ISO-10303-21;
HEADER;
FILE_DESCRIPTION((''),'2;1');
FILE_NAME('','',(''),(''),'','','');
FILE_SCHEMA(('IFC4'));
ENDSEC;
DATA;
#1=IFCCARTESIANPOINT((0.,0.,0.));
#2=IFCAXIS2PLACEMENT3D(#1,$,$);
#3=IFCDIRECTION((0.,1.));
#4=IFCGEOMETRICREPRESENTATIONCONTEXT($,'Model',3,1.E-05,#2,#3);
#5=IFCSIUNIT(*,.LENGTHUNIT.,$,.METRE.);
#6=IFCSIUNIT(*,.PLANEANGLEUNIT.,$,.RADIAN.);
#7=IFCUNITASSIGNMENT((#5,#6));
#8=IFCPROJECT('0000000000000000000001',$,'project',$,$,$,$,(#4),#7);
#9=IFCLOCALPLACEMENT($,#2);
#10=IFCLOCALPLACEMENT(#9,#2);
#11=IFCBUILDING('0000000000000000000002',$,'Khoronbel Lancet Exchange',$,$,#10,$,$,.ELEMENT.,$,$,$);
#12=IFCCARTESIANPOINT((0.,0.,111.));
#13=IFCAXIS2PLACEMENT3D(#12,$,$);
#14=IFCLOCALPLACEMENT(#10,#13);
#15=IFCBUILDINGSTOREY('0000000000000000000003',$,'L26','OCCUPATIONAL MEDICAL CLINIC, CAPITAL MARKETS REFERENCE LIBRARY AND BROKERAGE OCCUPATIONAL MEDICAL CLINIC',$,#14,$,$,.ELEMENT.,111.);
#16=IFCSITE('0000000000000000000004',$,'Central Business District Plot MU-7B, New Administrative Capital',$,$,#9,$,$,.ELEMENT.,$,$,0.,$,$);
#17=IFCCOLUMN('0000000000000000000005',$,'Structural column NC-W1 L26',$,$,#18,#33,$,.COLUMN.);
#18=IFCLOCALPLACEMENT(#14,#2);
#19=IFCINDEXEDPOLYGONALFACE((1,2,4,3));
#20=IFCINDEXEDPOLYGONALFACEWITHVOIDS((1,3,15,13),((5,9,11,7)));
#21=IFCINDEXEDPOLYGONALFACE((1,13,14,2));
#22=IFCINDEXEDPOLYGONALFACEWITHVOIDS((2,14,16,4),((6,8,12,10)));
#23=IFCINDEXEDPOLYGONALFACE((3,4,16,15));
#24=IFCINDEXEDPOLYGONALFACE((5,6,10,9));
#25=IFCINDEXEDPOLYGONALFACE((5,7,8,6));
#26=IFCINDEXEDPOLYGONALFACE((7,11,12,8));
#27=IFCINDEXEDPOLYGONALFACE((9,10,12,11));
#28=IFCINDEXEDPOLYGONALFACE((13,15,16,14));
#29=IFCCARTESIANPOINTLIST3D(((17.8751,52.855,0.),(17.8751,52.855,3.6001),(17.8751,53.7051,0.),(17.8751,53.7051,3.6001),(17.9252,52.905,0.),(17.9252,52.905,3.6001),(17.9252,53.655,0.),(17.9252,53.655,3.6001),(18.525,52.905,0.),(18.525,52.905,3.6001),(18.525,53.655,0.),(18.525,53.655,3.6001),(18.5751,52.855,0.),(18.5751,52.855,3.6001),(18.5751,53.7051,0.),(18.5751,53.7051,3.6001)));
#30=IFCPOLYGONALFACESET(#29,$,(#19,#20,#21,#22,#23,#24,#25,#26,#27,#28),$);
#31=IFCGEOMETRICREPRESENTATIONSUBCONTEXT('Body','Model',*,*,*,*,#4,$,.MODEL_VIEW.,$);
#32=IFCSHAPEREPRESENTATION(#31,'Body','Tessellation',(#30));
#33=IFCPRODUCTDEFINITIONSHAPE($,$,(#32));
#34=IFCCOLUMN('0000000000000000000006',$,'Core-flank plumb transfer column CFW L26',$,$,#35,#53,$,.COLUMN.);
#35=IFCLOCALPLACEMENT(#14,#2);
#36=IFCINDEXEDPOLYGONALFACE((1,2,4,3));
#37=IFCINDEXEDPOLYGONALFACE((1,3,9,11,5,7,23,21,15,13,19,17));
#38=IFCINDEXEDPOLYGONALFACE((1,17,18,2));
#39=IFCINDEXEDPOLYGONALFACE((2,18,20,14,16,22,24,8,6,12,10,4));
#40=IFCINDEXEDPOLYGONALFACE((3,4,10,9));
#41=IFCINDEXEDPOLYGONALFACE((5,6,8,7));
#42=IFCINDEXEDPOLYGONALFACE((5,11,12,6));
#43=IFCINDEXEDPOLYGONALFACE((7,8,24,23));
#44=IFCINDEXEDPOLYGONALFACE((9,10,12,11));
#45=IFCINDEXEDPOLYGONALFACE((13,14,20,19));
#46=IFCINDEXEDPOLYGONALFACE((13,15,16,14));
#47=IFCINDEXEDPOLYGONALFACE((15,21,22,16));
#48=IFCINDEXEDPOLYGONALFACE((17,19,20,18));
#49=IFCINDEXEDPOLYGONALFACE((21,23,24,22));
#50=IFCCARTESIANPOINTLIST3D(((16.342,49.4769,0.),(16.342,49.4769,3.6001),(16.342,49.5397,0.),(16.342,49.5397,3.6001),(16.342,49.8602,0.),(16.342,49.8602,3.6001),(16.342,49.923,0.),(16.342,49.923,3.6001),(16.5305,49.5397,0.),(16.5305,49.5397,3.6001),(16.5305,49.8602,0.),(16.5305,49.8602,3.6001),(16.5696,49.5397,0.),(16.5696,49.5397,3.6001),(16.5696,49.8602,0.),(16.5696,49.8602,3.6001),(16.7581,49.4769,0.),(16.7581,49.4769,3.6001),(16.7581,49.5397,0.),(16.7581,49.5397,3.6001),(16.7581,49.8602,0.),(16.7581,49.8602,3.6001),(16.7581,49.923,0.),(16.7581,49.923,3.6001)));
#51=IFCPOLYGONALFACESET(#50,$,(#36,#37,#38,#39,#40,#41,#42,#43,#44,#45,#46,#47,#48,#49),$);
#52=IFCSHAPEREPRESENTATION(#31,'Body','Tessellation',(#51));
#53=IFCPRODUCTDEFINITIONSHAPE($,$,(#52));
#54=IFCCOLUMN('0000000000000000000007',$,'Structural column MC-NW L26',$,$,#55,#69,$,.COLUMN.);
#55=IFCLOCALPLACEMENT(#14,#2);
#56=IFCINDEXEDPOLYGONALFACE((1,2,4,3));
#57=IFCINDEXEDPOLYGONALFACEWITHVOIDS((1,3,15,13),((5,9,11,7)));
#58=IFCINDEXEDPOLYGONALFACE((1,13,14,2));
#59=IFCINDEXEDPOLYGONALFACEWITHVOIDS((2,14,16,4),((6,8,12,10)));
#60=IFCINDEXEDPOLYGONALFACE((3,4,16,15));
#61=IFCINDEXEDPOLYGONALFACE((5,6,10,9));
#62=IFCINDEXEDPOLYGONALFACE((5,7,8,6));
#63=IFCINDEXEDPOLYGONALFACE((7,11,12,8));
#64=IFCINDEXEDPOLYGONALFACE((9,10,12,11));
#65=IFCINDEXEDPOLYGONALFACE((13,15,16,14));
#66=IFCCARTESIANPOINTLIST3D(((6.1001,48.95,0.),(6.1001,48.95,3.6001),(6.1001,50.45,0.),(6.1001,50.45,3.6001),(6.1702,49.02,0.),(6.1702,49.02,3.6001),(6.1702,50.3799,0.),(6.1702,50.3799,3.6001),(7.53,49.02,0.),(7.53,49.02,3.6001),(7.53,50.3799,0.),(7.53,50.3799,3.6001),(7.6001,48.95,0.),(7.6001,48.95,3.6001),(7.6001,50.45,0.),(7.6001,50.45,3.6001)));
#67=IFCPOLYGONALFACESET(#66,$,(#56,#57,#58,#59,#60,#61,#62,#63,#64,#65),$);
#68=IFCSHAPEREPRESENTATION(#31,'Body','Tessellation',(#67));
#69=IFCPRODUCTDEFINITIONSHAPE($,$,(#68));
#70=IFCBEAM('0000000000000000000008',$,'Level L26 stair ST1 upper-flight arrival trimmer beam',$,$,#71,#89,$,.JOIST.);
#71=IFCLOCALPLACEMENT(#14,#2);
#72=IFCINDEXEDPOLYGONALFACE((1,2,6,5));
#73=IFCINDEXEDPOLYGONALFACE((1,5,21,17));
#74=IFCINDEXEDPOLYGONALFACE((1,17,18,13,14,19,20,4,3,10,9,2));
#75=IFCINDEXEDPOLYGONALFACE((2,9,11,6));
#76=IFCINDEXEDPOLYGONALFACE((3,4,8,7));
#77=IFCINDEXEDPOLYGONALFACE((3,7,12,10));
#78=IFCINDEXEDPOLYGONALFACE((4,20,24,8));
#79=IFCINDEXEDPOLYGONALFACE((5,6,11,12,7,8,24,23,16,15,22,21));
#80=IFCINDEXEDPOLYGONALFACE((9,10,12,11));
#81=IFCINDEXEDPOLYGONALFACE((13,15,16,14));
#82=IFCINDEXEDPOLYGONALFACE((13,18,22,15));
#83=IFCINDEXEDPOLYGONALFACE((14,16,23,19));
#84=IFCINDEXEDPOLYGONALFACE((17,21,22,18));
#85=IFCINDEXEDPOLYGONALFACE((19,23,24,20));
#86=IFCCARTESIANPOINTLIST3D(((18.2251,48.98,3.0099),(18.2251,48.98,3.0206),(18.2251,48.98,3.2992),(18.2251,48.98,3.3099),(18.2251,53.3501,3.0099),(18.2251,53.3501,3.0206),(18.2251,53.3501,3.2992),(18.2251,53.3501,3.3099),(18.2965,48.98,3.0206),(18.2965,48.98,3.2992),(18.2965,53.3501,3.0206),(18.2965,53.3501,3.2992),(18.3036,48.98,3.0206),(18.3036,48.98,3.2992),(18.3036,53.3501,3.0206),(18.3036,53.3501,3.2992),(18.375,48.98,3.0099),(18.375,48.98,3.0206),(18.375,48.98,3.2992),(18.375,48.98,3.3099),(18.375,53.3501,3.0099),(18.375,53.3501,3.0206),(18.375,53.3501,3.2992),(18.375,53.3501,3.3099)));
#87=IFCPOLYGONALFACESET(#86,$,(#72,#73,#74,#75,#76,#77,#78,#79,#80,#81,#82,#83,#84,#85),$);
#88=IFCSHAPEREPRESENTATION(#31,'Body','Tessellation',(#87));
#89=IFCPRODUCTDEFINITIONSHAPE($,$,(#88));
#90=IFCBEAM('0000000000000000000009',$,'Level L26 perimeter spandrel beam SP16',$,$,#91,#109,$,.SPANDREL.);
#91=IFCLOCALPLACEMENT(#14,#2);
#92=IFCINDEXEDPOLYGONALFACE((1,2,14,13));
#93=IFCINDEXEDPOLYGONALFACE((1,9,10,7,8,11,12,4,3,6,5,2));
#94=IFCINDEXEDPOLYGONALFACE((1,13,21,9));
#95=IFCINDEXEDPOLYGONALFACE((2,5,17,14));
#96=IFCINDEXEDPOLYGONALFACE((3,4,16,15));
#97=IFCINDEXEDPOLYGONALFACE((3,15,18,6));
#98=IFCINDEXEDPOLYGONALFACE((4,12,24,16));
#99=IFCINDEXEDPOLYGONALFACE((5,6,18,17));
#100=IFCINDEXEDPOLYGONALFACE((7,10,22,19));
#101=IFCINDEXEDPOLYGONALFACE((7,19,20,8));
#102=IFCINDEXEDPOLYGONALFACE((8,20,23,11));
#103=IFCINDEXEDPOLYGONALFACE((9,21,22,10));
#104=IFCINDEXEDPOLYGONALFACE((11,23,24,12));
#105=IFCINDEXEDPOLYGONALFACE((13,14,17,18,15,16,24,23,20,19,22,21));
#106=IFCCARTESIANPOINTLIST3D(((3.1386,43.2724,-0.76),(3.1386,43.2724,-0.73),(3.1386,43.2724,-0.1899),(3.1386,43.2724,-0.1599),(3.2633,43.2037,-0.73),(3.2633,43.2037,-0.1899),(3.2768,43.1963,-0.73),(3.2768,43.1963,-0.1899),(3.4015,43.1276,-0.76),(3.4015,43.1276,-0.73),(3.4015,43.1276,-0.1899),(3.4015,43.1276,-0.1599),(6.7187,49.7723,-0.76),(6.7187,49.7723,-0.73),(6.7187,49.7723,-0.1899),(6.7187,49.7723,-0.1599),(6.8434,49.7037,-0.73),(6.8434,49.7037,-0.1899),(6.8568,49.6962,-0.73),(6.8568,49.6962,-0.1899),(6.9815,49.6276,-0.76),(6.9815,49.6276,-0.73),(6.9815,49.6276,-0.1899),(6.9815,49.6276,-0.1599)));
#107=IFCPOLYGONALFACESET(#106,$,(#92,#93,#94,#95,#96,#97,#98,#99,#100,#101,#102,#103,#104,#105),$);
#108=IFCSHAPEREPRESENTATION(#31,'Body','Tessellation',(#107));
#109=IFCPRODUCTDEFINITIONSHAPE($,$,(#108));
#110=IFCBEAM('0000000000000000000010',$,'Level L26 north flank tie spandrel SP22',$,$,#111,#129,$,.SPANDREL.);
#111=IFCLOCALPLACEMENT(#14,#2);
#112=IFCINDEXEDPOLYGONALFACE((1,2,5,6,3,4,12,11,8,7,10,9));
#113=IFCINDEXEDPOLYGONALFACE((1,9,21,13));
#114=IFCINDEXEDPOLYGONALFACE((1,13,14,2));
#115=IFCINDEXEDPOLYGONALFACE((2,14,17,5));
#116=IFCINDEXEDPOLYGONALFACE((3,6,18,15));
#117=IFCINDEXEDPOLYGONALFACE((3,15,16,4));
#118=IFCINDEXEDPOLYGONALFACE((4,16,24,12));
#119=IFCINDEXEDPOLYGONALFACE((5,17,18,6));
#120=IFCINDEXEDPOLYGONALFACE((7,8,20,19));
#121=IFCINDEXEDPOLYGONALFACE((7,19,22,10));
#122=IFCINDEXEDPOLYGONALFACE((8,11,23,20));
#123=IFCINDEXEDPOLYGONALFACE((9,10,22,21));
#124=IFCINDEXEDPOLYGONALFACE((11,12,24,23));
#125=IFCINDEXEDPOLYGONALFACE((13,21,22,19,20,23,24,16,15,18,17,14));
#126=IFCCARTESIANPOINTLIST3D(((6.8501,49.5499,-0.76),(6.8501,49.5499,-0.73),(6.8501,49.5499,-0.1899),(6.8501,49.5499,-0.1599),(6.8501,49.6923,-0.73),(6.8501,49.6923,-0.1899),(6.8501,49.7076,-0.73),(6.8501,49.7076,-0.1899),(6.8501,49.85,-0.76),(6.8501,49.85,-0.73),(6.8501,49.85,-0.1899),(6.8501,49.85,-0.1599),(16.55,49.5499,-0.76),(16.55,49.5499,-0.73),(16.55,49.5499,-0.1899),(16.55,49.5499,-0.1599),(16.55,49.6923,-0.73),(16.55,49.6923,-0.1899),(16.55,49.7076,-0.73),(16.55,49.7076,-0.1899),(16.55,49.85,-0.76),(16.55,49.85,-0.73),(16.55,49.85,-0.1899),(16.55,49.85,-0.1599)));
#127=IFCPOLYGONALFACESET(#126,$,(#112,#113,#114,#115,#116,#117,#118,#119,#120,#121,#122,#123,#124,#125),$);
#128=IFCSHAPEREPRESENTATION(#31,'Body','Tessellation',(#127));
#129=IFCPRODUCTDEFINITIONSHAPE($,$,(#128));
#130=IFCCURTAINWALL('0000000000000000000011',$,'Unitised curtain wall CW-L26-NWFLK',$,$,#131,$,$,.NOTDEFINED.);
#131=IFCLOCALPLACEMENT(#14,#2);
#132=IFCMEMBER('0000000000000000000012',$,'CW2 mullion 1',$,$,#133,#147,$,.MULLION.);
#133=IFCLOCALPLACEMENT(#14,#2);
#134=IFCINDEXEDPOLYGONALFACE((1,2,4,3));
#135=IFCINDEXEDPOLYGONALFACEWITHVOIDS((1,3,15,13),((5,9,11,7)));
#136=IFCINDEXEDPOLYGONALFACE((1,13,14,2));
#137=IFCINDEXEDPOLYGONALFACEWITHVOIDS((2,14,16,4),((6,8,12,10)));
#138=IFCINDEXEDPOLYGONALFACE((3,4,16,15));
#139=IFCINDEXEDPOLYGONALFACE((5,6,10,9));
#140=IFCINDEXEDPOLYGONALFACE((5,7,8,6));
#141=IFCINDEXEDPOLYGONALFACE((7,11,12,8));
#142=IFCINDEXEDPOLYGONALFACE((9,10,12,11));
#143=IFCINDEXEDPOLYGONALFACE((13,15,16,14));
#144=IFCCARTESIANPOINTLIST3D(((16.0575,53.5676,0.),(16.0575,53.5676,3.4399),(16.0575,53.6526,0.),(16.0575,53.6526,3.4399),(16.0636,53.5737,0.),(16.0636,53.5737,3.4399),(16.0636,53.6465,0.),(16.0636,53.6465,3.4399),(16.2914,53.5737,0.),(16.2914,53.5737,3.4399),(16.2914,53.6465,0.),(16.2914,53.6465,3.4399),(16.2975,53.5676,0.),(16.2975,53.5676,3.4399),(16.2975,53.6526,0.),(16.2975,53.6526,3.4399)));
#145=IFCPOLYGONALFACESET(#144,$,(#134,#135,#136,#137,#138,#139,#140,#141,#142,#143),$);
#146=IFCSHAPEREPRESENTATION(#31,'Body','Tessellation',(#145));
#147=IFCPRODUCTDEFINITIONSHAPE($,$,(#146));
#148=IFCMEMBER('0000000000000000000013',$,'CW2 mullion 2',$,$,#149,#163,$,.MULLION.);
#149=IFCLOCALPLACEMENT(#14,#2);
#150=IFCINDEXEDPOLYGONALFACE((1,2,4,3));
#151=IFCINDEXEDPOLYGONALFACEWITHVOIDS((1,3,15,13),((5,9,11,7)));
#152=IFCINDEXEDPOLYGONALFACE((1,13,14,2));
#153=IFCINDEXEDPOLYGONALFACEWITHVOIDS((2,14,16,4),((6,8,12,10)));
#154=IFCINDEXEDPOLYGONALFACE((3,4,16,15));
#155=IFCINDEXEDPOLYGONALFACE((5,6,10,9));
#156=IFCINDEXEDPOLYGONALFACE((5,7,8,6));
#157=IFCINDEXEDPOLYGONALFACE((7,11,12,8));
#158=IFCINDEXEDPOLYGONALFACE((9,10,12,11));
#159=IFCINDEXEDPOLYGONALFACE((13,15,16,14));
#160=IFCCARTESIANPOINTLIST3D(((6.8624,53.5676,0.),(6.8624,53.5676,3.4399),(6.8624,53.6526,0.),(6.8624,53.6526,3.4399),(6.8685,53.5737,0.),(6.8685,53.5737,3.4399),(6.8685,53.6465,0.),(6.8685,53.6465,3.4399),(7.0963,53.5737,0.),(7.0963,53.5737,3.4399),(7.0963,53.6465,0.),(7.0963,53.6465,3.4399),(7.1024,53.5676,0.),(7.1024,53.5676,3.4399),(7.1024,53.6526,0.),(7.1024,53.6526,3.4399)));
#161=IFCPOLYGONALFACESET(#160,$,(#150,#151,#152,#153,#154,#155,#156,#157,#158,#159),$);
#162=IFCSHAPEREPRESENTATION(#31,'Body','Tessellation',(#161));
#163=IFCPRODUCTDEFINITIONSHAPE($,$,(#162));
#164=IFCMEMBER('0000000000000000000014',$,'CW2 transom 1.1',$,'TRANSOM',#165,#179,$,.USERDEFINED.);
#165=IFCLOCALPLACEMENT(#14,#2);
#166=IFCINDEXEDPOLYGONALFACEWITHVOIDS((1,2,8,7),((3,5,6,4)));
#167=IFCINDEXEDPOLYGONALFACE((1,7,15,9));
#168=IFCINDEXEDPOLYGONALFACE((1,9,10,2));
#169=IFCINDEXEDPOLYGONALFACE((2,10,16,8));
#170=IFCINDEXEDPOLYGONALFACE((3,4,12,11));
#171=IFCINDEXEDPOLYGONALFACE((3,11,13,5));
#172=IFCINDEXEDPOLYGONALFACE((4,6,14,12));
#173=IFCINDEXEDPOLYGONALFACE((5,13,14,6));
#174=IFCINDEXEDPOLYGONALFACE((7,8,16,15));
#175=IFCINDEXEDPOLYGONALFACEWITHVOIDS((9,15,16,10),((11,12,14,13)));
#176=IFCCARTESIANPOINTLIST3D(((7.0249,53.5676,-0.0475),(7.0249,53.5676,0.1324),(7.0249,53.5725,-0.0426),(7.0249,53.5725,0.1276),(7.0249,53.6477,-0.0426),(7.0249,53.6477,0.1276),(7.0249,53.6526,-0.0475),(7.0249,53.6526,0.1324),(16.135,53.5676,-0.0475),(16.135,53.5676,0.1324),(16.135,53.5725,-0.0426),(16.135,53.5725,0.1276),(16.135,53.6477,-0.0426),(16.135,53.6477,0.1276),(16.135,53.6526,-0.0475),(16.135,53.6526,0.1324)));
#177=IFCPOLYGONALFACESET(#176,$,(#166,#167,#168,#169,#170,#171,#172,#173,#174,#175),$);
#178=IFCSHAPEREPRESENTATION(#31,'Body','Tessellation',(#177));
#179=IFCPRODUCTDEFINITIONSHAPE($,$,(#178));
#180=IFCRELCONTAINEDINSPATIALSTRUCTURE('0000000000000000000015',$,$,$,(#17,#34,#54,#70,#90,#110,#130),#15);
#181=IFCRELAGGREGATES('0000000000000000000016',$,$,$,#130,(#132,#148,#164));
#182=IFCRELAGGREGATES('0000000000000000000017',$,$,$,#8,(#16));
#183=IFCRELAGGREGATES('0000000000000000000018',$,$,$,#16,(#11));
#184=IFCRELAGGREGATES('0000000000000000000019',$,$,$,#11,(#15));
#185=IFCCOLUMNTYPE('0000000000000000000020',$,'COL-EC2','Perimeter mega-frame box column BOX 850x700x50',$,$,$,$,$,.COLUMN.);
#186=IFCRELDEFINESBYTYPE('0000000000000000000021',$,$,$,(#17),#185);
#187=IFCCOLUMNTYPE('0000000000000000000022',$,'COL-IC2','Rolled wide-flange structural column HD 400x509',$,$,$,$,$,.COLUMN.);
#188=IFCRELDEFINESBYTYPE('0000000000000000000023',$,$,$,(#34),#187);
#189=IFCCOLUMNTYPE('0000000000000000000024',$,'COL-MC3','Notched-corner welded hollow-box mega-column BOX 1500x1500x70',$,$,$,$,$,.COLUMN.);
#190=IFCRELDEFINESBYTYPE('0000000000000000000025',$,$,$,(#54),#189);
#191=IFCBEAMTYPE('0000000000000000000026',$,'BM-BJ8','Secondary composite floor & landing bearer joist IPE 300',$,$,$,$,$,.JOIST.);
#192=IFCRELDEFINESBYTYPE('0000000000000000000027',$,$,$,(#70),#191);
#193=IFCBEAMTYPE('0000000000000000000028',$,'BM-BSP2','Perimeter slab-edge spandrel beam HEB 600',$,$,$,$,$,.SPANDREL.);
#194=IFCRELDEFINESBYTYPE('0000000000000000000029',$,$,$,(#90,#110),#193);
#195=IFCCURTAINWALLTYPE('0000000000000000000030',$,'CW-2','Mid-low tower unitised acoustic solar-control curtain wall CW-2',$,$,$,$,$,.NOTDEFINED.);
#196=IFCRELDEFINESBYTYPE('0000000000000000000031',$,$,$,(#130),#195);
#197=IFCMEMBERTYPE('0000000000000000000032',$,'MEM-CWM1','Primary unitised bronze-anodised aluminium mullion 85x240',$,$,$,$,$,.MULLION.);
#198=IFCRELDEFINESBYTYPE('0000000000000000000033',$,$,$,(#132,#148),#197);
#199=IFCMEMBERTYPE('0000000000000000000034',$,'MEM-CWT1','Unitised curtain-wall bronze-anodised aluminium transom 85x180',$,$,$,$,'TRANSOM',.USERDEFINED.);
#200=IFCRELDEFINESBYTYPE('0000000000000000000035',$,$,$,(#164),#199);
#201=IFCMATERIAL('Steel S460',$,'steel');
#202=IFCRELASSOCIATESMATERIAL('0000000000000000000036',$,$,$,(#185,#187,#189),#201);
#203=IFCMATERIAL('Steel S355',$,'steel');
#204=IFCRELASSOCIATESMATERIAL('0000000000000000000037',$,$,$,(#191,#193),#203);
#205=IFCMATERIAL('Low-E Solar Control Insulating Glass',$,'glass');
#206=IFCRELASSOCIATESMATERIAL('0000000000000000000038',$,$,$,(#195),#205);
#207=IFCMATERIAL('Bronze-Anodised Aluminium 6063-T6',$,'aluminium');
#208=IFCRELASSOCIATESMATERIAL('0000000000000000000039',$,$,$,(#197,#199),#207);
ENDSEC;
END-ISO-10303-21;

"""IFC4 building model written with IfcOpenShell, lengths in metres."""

from ifc_helpers import new_model, si_unit, direction, frame, origin, origin_2d, place, context, subcontext, project, spatial, hollow_rectangle, i_section, extrude, material, material_profile, profile_set, type_object, element, aggregate, save


model = new_model("IFC4")

# Units and contexts
model_context = context("Model", 3, precision=1e-05, world=origin(), true_north=direction((0.0, 1.0)))
body_context = subcontext(model_context, "Body", "Model", "MODEL_VIEW")
ifc_project = project(units=[si_unit("LENGTHUNIT", "METRE"), si_unit("PLANEANGLEUNIT", "RADIAN")], contexts=[model_context])

# Site, building, storey
site_placement = place(None, origin())
site = spatial("IfcSite", under=ifc_project, at=site_placement, Name="Central Business District Plot MU-7B, New Administrative Capital", CompositionType="ELEMENT", RefElevation=0.0)
building_placement = place(site_placement, origin())
building = spatial("IfcBuilding", under=site, at=building_placement, Name="Khoronbel Lancet Exchange", CompositionType="ELEMENT")
storey_placement = place(building_placement, frame((0.0, 0.0, 111.0)))
storey = spatial("IfcBuildingStorey", under=building, at=storey_placement, Name="L26", Description="OCCUPATIONAL MEDICAL CLINIC, CAPITAL MARKETS REFERENCE LIBRARY AND BROKERAGE OCCUPATIONAL MEDICAL CLINIC", CompositionType="ELEMENT", Elevation=111.0)

# Columns
ifc_material_1 = material(Name="Steel S460", Category="steel")
ifc_material_profile_1 = material_profile(ifc_material_1, hollow_rectangle(XDim=0.7, YDim=0.8501, WallThickness=0.05, at=origin_2d()), Name="BOX 850x700x50")
ifc_profile_set_1 = profile_set([ifc_material_profile_1], Name="Steel S460")
column_type_1 = type_object("IfcColumnType", Name="COL-EC2", Description="Perimeter mega-frame box column BOX 850x700x50", PredefinedType="COLUMN", material=ifc_profile_set_1)
column_1_placement = place(storey_placement, frame((18.2251, 53.28, 0.0), z_axis=(0.0, 0.0, 1.0), x_axis=(1.0, 0.0, 0.0)))
element("IfcColumn", 1, at=column_1_placement, inside=storey, type_object=column_type_1, Name="Structural column NC-W1 L26", PredefinedType="COLUMN", context=body_context, shape_type="SweptSolid", body=[
    extrude(hollow_rectangle(XDim=0.7, YDim=0.8501, WallThickness=0.05, at=origin_2d()), origin(), (0.0, 0.0, 1.0), 3.6001),
])
ifc_material_profile_2 = material_profile(ifc_material_1, i_section(OverallWidth=0.416, OverallDepth=0.446, WebThickness=0.0391, FlangeThickness=0.0627, at=origin_2d()), Name="HD 400x509")
ifc_profile_set_2 = profile_set([ifc_material_profile_2], Name="Steel S460")
column_type_2 = type_object("IfcColumnType", Name="COL-IC2", Description="Rolled wide-flange structural column HD 400x509", PredefinedType="COLUMN", material=ifc_profile_set_2)
column_2_placement = place(storey_placement, frame((16.55, 49.7, 0.0), z_axis=(0.0, 0.0, 1.0), x_axis=(1.0, 0.0, 0.0)))
element("IfcColumn", 2, at=column_2_placement, inside=storey, type_object=column_type_2, Name="Core-flank plumb transfer column CFW L26", PredefinedType="COLUMN", context=body_context, shape_type="SweptSolid", body=[
    extrude(i_section(OverallWidth=0.416, OverallDepth=0.446, WebThickness=0.0391, FlangeThickness=0.0627, at=origin_2d()), origin(), (0.0, 0.0, 1.0), 3.6001),
])
ifc_material_profile_3 = material_profile(ifc_material_1, hollow_rectangle(XDim=1.5, YDim=1.5, WallThickness=0.0701, at=origin_2d()), Name="BOX 1500x1500x70")
ifc_profile_set_3 = profile_set([ifc_material_profile_3], Name="Steel S460")
column_type_3 = type_object("IfcColumnType", Name="COL-MC3", Description="Notched-corner welded hollow-box mega-column BOX 1500x1500x70", PredefinedType="COLUMN", material=ifc_profile_set_3)
column_3_placement = place(storey_placement, frame((6.8501, 49.7, 0.0), z_axis=(0.0, 0.0, 1.0), x_axis=(1.0, 0.0, 0.0)))
element("IfcColumn", 3, at=column_3_placement, inside=storey, type_object=column_type_3, Name="Structural column MC-NW L26", PredefinedType="COLUMN", context=body_context, shape_type="SweptSolid", body=[
    extrude(hollow_rectangle(XDim=1.5, YDim=1.5, WallThickness=0.0701, at=origin_2d()), origin(), (0.0, 0.0, 1.0), 3.6001),
])

# Beams
ifc_material_2 = material(Name="Steel S355", Category="steel")
ifc_material_profile_4 = material_profile(ifc_material_2, i_section(OverallWidth=0.1499, OverallDepth=0.3, WebThickness=0.0071, FlangeThickness=0.0107, at=origin_2d()), Name="IPE 300")
ifc_profile_set_4 = profile_set([ifc_material_profile_4], Name="Steel S355")
beam_type_1 = type_object("IfcBeamType", Name="BM-BJ8", Description="Secondary composite floor & landing bearer joist IPE 300", PredefinedType="JOIST", material=ifc_profile_set_4)
beam_1_placement = place(storey_placement, frame((18.3, 48.98, 3.1599), z_axis=(0.0, 1.0, 0.0), x_axis=(-1.0, 0.0, 0.0)))
element("IfcBeam", 4, at=beam_1_placement, inside=storey, type_object=beam_type_1, Name="Level L26 stair ST1 upper-flight arrival trimmer beam", PredefinedType="JOIST", context=body_context, shape_type="SweptSolid", body=[
    extrude(i_section(OverallWidth=0.1499, OverallDepth=0.3, WebThickness=0.0071, FlangeThickness=0.0107, at=origin_2d()), origin(), (0.0, 0.0, 1.0), 4.3701),
])
ifc_material_profile_5 = material_profile(ifc_material_2, i_section(OverallWidth=0.3, OverallDepth=0.6001, WebThickness=0.0154, FlangeThickness=0.03, at=origin_2d()), Name="HEB 600")
ifc_profile_set_5 = profile_set([ifc_material_profile_5], Name="Steel S355")
beam_type_2 = type_object("IfcBeamType", Name="BM-BSP2", Description="Perimeter slab-edge spandrel beam HEB 600", PredefinedType="SPANDREL", material=ifc_profile_set_5)
beam_2_placement = place(storey_placement, frame((6.8501, 49.7, -0.46), z_axis=(-0.482444, -0.875927, 0.0), x_axis=(0.875927, -0.482444, 0.0)))
element("IfcBeam", 5, at=beam_2_placement, inside=storey, type_object=beam_type_2, Name="Level L26 perimeter spandrel beam SP16", PredefinedType="SPANDREL", context=body_context, shape_type="SweptSolid", body=[
    extrude(i_section(OverallWidth=0.3, OverallDepth=0.6001, WebThickness=0.0154, FlangeThickness=0.03, at=origin_2d()), origin(), (0.0, 0.0, 1.0), 7.4207),
])
beam_3_placement = place(storey_placement, frame((6.8501, 49.7, -0.46), z_axis=(1.0, 0.0, 0.0), x_axis=(0.0, 1.0, 0.0)))
element("IfcBeam", 6, at=beam_3_placement, inside=storey, type_object=beam_type_2, Name="Level L26 north flank tie spandrel SP22", PredefinedType="SPANDREL", context=body_context, shape_type="SweptSolid", body=[
    extrude(i_section(OverallWidth=0.3, OverallDepth=0.6001, WebThickness=0.0154, FlangeThickness=0.03, at=origin_2d()), origin(), (0.0, 0.0, 1.0), 9.7),
])

# Curtain wall, members
ifc_material_3 = material(Name="Low-E Solar Control Insulating Glass", Category="glass")
curtain_wall_type = type_object("IfcCurtainWallType", Name="CW-2", Description="Mid-low tower unitised acoustic solar-control curtain wall CW-2", PredefinedType="NOTDEFINED", material=ifc_material_3)
curtain_wall_placement = place(storey_placement, origin())
curtain_wall = element("IfcCurtainWall", 7, at=curtain_wall_placement, inside=storey, type_object=curtain_wall_type, Name="Unitised curtain wall CW-L26-NWFLK", PredefinedType="NOTDEFINED")
ifc_material_4 = material(Name="Bronze-Anodised Aluminium 6063-T6", Category="aluminium")
ifc_material_profile_6 = material_profile(ifc_material_4, hollow_rectangle(XDim=0.085, YDim=0.24, WallThickness=0.0061, at=origin_2d()), Name="ALU MULLION 85x240")
ifc_profile_set_6 = profile_set([ifc_material_profile_6], Name="Bronze-Anodised Aluminium 6063-T6")
member_type_1 = type_object("IfcMemberType", Name="MEM-CWM1", Description="Primary unitised bronze-anodised aluminium mullion 85x240", PredefinedType="MULLION", material=ifc_profile_set_6)
member_1_placement = place(storey_placement, frame((16.1775, 53.6101, 0.0), z_axis=(0.0, 0.0, 1.0), x_axis=(0.0, -1.0, 0.0)))
member_1 = element("IfcMember", 8, at=member_1_placement, type_object=member_type_1, Name="CW2 mullion 1", PredefinedType="MULLION", context=body_context, shape_type="SweptSolid", body=[
    extrude(hollow_rectangle(XDim=0.085, YDim=0.24, WallThickness=0.0061, at=origin_2d()), origin(), (0.0, 0.0, 1.0), 3.4399),
])
member_2_placement = place(storey_placement, frame((6.9824, 53.6101, 0.0), z_axis=(0.0, 0.0, 1.0), x_axis=(0.0, -1.0, 0.0)))
member_2 = element("IfcMember", 9, at=member_2_placement, type_object=member_type_1, Name="CW2 mullion 2", PredefinedType="MULLION", context=body_context, shape_type="SweptSolid", body=[
    extrude(hollow_rectangle(XDim=0.085, YDim=0.24, WallThickness=0.0061, at=origin_2d()), origin(), (0.0, 0.0, 1.0), 3.4399),
])
ifc_material_profile_7 = material_profile(ifc_material_4, hollow_rectangle(XDim=0.085, YDim=0.1799, WallThickness=0.0049, at=origin_2d()), Name="ALU TRANSOM 85x180")
ifc_profile_set_7 = profile_set([ifc_material_profile_7], Name="Bronze-Anodised Aluminium 6063-T6")
member_type_2 = type_object("IfcMemberType", Name="MEM-CWT1", Description="Unitised curtain-wall bronze-anodised aluminium transom 85x180", ElementType="TRANSOM", PredefinedType="USERDEFINED", material=ifc_profile_set_7)
member_3_placement = place(storey_placement, frame((16.135, 53.6101, 0.0425), z_axis=(-1.0, 0.0, 0.0), x_axis=(0.0, -1.0, 0.0)))
member_3 = element("IfcMember", 10, at=member_3_placement, type_object=member_type_2, Name="CW2 transom 1.1", ObjectType="TRANSOM", PredefinedType="USERDEFINED", context=body_context, shape_type="SweptSolid", body=[
    extrude(hollow_rectangle(XDim=0.085, YDim=0.1799, WallThickness=0.0049, at=origin_2d()), origin(), (0.0, 0.0, 1.0), 9.1101),
])
aggregate(curtain_wall, [member_1, member_2, member_3])

save(model, "model.ifc")
